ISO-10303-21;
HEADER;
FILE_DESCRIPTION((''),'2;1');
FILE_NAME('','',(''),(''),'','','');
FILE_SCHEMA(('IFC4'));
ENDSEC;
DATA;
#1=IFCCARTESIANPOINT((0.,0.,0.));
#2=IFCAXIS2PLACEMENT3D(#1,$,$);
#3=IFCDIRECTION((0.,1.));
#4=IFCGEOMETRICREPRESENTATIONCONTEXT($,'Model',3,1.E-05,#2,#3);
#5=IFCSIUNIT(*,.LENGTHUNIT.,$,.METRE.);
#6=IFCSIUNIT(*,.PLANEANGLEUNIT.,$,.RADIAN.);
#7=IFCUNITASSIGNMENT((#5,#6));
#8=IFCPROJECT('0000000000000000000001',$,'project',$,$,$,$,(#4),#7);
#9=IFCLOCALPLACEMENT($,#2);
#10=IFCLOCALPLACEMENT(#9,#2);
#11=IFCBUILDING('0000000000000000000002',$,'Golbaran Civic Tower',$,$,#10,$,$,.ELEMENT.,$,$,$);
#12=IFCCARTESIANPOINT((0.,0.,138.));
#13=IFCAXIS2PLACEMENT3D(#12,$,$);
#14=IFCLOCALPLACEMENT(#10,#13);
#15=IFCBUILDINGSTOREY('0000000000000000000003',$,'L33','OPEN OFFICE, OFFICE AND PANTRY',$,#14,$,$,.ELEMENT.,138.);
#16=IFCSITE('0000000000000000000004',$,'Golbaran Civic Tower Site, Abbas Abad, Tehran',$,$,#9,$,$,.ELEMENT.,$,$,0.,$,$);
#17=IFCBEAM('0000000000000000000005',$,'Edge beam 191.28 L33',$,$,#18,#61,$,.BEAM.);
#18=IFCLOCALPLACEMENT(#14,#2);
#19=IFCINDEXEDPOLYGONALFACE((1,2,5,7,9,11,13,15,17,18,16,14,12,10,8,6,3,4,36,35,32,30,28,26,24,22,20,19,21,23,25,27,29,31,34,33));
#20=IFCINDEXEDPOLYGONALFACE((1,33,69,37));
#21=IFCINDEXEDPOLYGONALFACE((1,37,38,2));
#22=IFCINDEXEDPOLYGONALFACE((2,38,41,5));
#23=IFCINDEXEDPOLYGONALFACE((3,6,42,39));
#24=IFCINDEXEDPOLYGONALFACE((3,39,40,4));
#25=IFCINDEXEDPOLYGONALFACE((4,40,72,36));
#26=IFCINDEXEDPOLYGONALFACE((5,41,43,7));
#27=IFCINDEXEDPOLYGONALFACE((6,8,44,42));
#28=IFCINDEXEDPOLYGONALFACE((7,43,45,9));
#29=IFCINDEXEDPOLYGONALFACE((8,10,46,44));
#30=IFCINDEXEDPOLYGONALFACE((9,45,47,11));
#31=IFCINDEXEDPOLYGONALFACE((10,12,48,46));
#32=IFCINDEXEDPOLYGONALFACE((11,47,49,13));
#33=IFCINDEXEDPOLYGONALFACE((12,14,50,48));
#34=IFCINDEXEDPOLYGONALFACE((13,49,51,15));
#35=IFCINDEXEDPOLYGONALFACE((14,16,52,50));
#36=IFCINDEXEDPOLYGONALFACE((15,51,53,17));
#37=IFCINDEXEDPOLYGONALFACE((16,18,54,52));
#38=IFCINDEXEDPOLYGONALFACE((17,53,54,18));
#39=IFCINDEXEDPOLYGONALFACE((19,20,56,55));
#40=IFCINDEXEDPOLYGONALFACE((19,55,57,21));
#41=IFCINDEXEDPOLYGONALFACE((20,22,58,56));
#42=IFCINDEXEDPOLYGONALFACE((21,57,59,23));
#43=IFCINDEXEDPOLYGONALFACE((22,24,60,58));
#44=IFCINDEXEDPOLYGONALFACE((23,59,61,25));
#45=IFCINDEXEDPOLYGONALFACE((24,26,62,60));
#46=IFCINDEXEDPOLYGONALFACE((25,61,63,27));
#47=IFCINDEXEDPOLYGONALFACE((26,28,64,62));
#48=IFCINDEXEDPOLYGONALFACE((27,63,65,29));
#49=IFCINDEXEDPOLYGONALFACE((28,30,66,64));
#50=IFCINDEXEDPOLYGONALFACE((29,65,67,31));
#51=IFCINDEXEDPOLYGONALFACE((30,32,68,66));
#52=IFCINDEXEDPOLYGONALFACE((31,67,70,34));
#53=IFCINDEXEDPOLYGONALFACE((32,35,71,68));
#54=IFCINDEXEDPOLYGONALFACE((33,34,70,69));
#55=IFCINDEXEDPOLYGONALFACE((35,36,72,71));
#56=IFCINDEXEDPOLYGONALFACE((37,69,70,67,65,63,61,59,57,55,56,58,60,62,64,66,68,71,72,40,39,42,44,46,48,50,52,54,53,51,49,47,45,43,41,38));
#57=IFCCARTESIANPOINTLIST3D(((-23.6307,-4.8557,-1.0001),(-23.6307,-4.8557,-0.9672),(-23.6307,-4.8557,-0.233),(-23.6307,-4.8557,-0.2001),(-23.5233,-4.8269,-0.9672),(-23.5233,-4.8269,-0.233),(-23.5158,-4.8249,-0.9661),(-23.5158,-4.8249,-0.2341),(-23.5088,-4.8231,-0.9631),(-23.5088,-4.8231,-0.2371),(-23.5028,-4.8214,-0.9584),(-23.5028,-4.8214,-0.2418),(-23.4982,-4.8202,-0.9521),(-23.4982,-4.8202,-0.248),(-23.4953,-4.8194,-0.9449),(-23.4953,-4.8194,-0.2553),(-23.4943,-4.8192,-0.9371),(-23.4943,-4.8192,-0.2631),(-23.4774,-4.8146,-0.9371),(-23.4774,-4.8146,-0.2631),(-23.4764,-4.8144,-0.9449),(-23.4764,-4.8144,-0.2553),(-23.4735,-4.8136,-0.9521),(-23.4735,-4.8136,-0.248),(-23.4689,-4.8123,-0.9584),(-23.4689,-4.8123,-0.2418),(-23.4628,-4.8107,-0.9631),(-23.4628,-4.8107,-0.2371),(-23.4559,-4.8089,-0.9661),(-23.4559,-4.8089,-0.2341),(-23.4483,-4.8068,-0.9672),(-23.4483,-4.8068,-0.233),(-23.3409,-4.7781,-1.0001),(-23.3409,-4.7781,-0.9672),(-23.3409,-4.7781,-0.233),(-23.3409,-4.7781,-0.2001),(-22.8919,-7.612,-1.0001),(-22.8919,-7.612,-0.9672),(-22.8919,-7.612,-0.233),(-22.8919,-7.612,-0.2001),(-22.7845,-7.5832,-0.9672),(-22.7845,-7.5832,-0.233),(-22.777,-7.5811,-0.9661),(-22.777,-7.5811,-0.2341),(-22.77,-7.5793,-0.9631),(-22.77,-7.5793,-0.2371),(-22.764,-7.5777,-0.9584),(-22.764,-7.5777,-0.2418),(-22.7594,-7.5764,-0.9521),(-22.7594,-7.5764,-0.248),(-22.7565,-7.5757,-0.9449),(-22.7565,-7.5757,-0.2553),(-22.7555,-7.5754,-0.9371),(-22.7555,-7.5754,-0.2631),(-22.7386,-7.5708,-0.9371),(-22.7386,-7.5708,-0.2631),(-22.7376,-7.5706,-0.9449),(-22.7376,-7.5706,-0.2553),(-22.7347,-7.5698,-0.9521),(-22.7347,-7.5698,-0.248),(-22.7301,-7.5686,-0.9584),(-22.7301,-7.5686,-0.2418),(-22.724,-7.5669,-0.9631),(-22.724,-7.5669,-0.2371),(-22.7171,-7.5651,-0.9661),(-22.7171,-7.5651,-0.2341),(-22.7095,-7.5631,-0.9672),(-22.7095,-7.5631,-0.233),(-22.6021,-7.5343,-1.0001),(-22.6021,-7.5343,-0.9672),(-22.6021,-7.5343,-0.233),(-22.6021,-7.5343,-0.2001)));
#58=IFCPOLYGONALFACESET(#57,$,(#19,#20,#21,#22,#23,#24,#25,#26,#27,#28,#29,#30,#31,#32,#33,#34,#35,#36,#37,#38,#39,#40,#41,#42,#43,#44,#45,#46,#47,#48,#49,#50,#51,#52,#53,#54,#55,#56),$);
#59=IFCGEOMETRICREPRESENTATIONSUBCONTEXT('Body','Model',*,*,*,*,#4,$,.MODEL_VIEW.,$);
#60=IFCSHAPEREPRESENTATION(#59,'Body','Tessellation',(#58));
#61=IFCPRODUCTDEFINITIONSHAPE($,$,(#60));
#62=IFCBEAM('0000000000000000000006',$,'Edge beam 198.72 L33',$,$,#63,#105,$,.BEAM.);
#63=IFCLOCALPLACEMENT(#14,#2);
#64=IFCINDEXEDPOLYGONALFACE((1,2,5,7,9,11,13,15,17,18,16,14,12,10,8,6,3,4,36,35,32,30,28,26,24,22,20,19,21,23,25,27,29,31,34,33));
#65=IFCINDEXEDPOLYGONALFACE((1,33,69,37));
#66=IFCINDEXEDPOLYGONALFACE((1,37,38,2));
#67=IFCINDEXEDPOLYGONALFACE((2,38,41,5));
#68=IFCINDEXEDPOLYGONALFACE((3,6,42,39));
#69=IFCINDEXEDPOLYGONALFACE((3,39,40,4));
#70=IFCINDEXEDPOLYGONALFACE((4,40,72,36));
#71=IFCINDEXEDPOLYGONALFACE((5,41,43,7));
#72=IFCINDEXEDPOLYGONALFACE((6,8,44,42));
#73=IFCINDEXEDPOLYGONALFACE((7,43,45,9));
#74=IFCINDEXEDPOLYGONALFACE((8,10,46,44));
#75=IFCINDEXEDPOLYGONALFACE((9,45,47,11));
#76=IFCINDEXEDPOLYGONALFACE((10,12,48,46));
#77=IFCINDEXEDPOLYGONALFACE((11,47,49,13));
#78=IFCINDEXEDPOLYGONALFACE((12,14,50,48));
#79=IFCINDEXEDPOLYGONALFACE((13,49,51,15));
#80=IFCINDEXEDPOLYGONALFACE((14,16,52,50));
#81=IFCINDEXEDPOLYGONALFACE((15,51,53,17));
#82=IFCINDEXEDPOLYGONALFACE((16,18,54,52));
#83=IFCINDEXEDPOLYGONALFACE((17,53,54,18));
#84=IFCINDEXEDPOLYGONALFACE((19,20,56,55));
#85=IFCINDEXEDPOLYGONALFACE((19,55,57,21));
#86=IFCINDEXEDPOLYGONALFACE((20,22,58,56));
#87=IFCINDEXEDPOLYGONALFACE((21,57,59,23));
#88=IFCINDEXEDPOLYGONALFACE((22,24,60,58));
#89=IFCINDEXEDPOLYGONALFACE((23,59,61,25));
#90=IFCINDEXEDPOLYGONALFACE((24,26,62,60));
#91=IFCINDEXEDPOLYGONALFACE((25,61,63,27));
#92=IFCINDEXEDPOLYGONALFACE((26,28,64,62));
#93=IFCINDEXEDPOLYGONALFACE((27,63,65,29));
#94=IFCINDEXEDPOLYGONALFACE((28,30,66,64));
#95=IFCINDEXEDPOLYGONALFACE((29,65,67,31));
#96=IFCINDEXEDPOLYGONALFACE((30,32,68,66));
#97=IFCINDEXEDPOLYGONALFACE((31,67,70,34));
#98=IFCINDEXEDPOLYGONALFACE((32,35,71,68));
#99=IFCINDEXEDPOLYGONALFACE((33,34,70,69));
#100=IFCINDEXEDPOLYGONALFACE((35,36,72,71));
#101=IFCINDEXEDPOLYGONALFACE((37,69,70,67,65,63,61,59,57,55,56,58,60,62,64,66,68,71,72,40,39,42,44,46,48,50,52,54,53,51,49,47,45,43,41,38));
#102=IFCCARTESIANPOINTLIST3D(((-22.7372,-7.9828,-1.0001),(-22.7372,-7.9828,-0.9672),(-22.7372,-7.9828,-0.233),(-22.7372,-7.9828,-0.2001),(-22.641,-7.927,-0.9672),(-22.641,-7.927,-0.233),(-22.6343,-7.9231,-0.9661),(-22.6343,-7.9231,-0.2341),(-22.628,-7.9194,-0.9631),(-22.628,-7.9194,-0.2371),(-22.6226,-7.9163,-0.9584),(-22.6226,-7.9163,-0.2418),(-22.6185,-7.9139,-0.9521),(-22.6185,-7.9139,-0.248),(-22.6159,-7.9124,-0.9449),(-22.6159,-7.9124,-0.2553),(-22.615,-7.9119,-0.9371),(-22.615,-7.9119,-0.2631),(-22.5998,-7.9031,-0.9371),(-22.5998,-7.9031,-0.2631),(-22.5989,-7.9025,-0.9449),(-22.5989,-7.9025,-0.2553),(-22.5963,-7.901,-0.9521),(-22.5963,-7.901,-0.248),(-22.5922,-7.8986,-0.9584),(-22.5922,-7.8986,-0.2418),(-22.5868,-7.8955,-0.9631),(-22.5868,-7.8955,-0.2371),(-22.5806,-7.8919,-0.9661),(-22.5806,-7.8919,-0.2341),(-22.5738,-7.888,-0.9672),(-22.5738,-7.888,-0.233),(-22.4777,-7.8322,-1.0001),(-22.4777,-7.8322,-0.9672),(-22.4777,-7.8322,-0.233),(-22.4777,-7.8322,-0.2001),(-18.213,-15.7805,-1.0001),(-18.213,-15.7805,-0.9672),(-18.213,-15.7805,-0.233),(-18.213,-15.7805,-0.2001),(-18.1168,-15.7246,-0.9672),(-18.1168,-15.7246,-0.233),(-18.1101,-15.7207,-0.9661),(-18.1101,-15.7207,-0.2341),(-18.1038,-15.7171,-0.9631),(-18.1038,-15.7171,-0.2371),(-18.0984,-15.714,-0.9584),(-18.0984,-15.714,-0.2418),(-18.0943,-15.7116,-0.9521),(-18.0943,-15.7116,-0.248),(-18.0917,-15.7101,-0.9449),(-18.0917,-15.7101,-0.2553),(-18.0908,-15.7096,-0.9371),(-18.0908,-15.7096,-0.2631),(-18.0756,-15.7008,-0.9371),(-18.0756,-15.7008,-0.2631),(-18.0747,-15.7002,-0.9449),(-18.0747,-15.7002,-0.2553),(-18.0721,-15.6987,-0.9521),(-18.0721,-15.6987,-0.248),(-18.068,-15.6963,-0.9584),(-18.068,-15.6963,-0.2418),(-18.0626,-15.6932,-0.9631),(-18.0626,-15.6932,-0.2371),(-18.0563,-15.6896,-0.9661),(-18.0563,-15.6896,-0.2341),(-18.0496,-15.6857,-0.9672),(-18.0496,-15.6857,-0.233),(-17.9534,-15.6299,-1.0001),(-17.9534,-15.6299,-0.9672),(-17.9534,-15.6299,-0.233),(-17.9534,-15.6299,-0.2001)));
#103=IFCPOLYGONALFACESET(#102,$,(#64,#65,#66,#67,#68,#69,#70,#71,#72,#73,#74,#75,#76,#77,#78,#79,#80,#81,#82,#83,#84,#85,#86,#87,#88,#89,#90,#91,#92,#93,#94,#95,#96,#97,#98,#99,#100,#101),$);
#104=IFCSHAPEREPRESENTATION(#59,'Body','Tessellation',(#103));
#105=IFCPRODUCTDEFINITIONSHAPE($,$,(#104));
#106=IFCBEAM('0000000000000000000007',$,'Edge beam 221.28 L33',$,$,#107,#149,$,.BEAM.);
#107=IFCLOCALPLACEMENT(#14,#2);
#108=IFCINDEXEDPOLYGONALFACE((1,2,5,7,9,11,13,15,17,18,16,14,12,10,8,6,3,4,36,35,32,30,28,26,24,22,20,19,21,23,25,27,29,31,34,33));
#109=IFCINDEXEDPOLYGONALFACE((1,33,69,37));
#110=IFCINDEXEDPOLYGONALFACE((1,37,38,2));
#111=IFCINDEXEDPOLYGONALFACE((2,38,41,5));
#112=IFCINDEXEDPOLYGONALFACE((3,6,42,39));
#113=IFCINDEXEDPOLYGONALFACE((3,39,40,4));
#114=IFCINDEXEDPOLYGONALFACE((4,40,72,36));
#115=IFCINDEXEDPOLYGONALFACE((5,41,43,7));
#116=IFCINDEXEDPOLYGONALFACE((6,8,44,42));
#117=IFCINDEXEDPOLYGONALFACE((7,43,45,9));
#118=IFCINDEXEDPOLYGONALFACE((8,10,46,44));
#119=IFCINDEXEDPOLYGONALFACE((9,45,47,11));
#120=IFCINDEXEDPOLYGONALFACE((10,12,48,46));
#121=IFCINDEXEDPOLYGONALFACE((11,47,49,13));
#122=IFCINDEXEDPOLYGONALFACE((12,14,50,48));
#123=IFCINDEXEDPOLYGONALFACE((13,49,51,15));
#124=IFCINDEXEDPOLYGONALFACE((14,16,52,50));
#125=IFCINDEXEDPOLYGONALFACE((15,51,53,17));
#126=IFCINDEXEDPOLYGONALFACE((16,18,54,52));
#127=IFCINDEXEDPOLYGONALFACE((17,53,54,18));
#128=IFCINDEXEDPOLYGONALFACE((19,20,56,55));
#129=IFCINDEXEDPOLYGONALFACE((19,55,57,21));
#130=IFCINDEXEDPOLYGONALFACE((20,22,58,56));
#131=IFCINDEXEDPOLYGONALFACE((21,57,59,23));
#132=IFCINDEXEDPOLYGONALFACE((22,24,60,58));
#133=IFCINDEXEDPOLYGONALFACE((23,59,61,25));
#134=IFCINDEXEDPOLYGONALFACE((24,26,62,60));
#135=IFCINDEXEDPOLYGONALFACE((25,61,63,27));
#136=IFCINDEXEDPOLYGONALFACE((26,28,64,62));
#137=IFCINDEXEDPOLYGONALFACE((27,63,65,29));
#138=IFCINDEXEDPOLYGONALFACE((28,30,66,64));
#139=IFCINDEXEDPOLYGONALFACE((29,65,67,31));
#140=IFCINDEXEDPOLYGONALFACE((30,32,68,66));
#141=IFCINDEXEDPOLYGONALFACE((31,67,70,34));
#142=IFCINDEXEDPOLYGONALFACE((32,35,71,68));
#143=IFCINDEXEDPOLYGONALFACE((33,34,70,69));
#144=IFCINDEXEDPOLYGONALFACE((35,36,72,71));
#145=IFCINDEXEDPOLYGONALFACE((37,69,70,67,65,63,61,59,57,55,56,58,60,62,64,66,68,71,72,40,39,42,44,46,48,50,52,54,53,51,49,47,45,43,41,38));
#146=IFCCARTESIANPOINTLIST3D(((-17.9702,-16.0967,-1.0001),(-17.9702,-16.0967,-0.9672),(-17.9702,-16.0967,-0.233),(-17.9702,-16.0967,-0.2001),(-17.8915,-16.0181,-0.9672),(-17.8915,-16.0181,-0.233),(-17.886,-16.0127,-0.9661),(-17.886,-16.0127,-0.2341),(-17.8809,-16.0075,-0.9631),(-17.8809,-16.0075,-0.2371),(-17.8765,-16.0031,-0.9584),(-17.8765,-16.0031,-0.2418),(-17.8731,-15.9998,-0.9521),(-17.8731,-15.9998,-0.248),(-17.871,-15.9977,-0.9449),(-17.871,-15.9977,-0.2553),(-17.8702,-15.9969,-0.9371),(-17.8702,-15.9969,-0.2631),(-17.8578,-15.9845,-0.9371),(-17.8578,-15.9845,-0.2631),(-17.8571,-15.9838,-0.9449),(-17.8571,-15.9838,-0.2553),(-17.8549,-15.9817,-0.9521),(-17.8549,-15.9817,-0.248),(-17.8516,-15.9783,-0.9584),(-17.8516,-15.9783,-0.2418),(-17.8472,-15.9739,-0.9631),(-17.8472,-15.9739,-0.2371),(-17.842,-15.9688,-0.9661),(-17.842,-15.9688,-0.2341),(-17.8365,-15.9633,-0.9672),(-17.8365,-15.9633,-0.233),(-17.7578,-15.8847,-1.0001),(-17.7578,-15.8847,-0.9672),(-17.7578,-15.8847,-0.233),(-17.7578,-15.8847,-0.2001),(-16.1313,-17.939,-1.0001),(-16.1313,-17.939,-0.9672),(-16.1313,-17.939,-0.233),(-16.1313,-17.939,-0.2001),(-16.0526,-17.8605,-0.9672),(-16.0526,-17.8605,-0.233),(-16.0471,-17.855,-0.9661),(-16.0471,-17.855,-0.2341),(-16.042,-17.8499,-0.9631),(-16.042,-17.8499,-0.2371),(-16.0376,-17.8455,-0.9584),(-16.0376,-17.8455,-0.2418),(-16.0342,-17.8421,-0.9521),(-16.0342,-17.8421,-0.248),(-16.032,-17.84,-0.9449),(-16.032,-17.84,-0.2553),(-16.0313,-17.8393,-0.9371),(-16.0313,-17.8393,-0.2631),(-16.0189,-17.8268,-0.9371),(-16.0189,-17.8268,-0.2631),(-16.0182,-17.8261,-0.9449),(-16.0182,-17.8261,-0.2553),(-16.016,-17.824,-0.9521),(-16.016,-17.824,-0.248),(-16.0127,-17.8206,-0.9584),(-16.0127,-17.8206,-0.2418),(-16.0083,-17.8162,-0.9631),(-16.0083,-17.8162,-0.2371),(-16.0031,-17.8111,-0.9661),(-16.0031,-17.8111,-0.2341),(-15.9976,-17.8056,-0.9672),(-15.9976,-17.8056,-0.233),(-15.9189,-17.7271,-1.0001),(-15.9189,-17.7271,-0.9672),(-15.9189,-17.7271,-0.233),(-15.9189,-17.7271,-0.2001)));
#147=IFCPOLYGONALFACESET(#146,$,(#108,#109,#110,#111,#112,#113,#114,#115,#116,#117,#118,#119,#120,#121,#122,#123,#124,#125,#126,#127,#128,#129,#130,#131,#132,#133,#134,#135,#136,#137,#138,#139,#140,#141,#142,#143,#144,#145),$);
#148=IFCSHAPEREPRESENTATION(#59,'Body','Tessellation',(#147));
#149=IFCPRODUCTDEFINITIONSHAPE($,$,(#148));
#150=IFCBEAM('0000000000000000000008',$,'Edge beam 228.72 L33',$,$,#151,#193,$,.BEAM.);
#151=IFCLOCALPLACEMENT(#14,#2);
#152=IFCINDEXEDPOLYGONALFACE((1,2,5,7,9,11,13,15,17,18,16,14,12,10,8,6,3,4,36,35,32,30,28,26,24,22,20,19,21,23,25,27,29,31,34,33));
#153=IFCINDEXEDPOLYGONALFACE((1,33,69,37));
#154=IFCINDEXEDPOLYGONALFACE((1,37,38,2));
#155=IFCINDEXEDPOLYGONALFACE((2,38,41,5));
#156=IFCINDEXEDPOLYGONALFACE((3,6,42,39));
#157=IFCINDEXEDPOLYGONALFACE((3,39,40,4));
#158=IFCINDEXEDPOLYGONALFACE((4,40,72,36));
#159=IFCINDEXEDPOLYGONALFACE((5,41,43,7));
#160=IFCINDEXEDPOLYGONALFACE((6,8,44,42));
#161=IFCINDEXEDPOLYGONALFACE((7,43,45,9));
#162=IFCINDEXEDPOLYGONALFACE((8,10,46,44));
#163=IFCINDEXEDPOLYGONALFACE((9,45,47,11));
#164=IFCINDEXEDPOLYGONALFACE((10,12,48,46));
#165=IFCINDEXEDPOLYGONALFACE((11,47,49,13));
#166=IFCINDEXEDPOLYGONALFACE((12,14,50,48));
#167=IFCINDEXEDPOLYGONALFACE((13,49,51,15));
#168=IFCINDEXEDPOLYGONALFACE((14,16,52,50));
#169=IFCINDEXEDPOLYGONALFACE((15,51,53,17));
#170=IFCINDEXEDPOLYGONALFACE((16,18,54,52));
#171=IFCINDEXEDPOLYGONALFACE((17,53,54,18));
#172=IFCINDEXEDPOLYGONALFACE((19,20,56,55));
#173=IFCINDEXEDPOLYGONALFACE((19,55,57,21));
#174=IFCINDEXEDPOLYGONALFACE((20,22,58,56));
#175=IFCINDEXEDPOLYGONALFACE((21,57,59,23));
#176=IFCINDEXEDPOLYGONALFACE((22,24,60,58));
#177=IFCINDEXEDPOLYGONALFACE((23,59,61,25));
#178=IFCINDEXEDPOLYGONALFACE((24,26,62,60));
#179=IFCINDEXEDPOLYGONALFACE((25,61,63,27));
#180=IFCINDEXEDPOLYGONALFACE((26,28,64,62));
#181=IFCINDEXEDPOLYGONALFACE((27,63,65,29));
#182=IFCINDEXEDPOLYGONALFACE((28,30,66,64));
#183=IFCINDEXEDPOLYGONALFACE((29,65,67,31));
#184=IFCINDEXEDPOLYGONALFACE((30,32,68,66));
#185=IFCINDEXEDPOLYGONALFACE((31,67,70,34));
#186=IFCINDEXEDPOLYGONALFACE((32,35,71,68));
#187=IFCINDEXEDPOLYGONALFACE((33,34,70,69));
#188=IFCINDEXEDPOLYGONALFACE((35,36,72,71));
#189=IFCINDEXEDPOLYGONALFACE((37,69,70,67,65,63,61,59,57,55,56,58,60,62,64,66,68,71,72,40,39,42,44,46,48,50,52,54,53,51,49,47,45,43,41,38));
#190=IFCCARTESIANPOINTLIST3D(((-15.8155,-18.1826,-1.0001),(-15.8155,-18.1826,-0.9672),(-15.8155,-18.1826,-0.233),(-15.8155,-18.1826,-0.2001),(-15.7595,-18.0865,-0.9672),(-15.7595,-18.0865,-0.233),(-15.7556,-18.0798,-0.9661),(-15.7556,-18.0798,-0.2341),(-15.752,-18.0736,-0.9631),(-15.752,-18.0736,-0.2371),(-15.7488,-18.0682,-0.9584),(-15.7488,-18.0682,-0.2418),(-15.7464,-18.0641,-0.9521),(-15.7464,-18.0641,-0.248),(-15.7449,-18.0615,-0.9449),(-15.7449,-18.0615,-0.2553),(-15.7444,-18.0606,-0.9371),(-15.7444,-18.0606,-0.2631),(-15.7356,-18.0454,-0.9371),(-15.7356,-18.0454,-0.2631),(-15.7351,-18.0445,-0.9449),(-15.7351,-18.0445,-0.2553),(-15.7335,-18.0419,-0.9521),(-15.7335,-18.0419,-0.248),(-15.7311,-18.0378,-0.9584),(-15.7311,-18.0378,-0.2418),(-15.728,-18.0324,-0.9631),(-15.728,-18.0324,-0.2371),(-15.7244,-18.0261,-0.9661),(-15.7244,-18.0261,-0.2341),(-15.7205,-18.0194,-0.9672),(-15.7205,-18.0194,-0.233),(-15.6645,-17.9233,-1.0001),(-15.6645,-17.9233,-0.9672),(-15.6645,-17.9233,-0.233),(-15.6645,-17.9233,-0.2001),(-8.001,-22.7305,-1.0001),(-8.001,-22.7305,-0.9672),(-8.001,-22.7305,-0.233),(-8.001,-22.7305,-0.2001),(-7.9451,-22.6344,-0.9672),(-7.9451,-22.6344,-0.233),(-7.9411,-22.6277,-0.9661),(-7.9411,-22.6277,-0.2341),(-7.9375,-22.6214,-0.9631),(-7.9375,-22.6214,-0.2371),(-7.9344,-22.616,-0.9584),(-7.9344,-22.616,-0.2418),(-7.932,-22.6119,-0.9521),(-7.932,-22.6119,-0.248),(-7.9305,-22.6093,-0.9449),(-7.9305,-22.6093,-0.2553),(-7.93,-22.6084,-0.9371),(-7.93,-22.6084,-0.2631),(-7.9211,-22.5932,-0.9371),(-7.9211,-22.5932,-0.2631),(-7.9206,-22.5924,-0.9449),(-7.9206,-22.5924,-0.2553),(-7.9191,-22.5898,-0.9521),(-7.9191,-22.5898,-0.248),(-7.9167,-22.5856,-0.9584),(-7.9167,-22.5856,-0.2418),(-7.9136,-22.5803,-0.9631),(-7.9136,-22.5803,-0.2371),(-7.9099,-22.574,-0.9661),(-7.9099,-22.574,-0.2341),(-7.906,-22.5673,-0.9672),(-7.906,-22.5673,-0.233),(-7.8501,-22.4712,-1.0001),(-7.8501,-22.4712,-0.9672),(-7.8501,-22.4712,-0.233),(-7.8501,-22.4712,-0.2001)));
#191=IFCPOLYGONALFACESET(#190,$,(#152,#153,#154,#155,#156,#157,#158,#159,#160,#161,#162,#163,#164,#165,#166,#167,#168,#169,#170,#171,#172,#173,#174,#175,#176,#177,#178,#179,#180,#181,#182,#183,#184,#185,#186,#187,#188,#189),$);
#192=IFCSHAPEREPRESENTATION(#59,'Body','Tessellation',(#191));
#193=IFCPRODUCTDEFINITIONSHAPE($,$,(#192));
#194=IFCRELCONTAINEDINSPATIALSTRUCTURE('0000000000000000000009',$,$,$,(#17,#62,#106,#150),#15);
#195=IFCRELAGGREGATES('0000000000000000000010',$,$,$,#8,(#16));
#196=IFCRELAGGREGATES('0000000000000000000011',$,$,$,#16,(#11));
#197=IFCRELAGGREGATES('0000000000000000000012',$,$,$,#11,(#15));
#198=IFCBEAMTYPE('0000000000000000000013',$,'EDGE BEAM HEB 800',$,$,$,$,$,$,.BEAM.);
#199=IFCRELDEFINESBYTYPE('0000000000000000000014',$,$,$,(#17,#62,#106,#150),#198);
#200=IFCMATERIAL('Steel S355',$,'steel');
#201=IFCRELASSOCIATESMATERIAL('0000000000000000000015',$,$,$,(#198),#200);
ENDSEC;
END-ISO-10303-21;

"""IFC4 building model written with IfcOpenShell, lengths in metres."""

from ifc_helpers import new_model, si_unit, direction, frame, origin, origin_2d, place, context, subcontext, project, spatial, i_section, extrude, material, material_profile, profile_set, type_object, element, save


model = new_model("IFC4")

# Units and contexts
model_context = context("Model", 3, precision=1e-05, world=origin(), true_north=direction((0.0, 1.0)))
body_context = subcontext(model_context, "Body", "Model", "MODEL_VIEW")
ifc_project = project(units=[si_unit("LENGTHUNIT", "METRE"), si_unit("PLANEANGLEUNIT", "RADIAN")], contexts=[model_context])

# Site, building, storey
site_placement = place(None, origin())
site = spatial("IfcSite", under=ifc_project, at=site_placement, Name="Golbaran Civic Tower Site, Abbas Abad, Tehran", CompositionType="ELEMENT", RefElevation=0.0)
building_placement = place(site_placement, origin())
building = spatial("IfcBuilding", under=site, at=building_placement, Name="Golbaran Civic Tower", CompositionType="ELEMENT")
storey_placement = place(building_placement, frame((0.0, 0.0, 138.0)))
storey = spatial("IfcBuildingStorey", under=building, at=storey_placement, Name="L33", Description="OPEN OFFICE, OFFICE AND PANTRY", CompositionType="ELEMENT", Elevation=138.0)

# Beams
ifc_material_1 = material(Name="Steel S355", Category="steel")
ifc_material_profile_1 = material_profile(ifc_material_1, i_section(OverallWidth=0.3, OverallDepth=0.8, WebThickness=0.0176, FlangeThickness=0.033, FilletRadius=0.03, at=origin_2d()), Name="HEB 800")
ifc_profile_set_1 = profile_set([ifc_material_profile_1], Name="Steel S355")
beam_type_1 = type_object("IfcBeamType", Name="EDGE BEAM HEB 800", PredefinedType="BEAM", material=ifc_profile_set_1)
beam_1_placement = place(storey_placement, frame((-23.4858, -4.8169, -0.6001), z_axis=(0.258909, -0.965902, 0.0), x_axis=(0.965902, 0.258909, 0.0)))
element("IfcBeam", 1, at=beam_1_placement, inside=storey, type_object=beam_type_1, Name="Edge beam 191.28 L33", PredefinedType="BEAM", context=body_context, shape_type="SweptSolid", body=[
    extrude(i_section(OverallWidth=0.3, OverallDepth=0.8, WebThickness=0.0176, FlangeThickness=0.033, FilletRadius=0.03, at=origin_2d()), origin(), (0.0, 0.0, 1.0), 2.8535),
])
beam_2_placement = place(storey_placement, frame((-22.6074, -7.9075, -0.6001), z_axis=(0.501847, -0.864956, 0.0), x_axis=(0.864956, 0.501847, 0.0)))
element("IfcBeam", 2, at=beam_2_placement, inside=storey, type_object=beam_type_1, Name="Edge beam 198.72 L33", PredefinedType="BEAM", context=body_context, shape_type="SweptSolid", body=[
    extrude(i_section(OverallWidth=0.3, OverallDepth=0.8, WebThickness=0.0176, FlangeThickness=0.033, FilletRadius=0.03, at=origin_2d()), origin(), (0.0, 0.0, 1.0), 9.0151),
])
beam_3_placement = place(storey_placement, frame((-17.864, -15.9907, -0.6001), z_axis=(0.70645, -0.707763, 0.0), x_axis=(0.707763, 0.70645, 0.0)))
element("IfcBeam", 3, at=beam_3_placement, inside=storey, type_object=beam_type_1, Name="Edge beam 221.28 L33", PredefinedType="BEAM", context=body_context, shape_type="SweptSolid", body=[
    extrude(i_section(OverallWidth=0.3, OverallDepth=0.8, WebThickness=0.0176, FlangeThickness=0.033, FilletRadius=0.03, at=origin_2d()), origin(), (0.0, 0.0, 1.0), 2.603),
])
beam_4_placement = place(storey_placement, frame((-15.74, -18.053, -0.6001), z_axis=(0.864288, -0.502998, 0.0), x_axis=(0.502998, 0.864288, 0.0)))
element("IfcBeam", 4, at=beam_4_placement, inside=storey, type_object=beam_type_1, Name="Edge beam 228.72 L33", PredefinedType="BEAM", context=body_context, shape_type="SweptSolid", body=[
    extrude(i_section(OverallWidth=0.3, OverallDepth=0.8, WebThickness=0.0176, FlangeThickness=0.033, FilletRadius=0.03, at=origin_2d()), origin(), (0.0, 0.0, 1.0), 9.0415),
])

save(model, "model.ifc")
